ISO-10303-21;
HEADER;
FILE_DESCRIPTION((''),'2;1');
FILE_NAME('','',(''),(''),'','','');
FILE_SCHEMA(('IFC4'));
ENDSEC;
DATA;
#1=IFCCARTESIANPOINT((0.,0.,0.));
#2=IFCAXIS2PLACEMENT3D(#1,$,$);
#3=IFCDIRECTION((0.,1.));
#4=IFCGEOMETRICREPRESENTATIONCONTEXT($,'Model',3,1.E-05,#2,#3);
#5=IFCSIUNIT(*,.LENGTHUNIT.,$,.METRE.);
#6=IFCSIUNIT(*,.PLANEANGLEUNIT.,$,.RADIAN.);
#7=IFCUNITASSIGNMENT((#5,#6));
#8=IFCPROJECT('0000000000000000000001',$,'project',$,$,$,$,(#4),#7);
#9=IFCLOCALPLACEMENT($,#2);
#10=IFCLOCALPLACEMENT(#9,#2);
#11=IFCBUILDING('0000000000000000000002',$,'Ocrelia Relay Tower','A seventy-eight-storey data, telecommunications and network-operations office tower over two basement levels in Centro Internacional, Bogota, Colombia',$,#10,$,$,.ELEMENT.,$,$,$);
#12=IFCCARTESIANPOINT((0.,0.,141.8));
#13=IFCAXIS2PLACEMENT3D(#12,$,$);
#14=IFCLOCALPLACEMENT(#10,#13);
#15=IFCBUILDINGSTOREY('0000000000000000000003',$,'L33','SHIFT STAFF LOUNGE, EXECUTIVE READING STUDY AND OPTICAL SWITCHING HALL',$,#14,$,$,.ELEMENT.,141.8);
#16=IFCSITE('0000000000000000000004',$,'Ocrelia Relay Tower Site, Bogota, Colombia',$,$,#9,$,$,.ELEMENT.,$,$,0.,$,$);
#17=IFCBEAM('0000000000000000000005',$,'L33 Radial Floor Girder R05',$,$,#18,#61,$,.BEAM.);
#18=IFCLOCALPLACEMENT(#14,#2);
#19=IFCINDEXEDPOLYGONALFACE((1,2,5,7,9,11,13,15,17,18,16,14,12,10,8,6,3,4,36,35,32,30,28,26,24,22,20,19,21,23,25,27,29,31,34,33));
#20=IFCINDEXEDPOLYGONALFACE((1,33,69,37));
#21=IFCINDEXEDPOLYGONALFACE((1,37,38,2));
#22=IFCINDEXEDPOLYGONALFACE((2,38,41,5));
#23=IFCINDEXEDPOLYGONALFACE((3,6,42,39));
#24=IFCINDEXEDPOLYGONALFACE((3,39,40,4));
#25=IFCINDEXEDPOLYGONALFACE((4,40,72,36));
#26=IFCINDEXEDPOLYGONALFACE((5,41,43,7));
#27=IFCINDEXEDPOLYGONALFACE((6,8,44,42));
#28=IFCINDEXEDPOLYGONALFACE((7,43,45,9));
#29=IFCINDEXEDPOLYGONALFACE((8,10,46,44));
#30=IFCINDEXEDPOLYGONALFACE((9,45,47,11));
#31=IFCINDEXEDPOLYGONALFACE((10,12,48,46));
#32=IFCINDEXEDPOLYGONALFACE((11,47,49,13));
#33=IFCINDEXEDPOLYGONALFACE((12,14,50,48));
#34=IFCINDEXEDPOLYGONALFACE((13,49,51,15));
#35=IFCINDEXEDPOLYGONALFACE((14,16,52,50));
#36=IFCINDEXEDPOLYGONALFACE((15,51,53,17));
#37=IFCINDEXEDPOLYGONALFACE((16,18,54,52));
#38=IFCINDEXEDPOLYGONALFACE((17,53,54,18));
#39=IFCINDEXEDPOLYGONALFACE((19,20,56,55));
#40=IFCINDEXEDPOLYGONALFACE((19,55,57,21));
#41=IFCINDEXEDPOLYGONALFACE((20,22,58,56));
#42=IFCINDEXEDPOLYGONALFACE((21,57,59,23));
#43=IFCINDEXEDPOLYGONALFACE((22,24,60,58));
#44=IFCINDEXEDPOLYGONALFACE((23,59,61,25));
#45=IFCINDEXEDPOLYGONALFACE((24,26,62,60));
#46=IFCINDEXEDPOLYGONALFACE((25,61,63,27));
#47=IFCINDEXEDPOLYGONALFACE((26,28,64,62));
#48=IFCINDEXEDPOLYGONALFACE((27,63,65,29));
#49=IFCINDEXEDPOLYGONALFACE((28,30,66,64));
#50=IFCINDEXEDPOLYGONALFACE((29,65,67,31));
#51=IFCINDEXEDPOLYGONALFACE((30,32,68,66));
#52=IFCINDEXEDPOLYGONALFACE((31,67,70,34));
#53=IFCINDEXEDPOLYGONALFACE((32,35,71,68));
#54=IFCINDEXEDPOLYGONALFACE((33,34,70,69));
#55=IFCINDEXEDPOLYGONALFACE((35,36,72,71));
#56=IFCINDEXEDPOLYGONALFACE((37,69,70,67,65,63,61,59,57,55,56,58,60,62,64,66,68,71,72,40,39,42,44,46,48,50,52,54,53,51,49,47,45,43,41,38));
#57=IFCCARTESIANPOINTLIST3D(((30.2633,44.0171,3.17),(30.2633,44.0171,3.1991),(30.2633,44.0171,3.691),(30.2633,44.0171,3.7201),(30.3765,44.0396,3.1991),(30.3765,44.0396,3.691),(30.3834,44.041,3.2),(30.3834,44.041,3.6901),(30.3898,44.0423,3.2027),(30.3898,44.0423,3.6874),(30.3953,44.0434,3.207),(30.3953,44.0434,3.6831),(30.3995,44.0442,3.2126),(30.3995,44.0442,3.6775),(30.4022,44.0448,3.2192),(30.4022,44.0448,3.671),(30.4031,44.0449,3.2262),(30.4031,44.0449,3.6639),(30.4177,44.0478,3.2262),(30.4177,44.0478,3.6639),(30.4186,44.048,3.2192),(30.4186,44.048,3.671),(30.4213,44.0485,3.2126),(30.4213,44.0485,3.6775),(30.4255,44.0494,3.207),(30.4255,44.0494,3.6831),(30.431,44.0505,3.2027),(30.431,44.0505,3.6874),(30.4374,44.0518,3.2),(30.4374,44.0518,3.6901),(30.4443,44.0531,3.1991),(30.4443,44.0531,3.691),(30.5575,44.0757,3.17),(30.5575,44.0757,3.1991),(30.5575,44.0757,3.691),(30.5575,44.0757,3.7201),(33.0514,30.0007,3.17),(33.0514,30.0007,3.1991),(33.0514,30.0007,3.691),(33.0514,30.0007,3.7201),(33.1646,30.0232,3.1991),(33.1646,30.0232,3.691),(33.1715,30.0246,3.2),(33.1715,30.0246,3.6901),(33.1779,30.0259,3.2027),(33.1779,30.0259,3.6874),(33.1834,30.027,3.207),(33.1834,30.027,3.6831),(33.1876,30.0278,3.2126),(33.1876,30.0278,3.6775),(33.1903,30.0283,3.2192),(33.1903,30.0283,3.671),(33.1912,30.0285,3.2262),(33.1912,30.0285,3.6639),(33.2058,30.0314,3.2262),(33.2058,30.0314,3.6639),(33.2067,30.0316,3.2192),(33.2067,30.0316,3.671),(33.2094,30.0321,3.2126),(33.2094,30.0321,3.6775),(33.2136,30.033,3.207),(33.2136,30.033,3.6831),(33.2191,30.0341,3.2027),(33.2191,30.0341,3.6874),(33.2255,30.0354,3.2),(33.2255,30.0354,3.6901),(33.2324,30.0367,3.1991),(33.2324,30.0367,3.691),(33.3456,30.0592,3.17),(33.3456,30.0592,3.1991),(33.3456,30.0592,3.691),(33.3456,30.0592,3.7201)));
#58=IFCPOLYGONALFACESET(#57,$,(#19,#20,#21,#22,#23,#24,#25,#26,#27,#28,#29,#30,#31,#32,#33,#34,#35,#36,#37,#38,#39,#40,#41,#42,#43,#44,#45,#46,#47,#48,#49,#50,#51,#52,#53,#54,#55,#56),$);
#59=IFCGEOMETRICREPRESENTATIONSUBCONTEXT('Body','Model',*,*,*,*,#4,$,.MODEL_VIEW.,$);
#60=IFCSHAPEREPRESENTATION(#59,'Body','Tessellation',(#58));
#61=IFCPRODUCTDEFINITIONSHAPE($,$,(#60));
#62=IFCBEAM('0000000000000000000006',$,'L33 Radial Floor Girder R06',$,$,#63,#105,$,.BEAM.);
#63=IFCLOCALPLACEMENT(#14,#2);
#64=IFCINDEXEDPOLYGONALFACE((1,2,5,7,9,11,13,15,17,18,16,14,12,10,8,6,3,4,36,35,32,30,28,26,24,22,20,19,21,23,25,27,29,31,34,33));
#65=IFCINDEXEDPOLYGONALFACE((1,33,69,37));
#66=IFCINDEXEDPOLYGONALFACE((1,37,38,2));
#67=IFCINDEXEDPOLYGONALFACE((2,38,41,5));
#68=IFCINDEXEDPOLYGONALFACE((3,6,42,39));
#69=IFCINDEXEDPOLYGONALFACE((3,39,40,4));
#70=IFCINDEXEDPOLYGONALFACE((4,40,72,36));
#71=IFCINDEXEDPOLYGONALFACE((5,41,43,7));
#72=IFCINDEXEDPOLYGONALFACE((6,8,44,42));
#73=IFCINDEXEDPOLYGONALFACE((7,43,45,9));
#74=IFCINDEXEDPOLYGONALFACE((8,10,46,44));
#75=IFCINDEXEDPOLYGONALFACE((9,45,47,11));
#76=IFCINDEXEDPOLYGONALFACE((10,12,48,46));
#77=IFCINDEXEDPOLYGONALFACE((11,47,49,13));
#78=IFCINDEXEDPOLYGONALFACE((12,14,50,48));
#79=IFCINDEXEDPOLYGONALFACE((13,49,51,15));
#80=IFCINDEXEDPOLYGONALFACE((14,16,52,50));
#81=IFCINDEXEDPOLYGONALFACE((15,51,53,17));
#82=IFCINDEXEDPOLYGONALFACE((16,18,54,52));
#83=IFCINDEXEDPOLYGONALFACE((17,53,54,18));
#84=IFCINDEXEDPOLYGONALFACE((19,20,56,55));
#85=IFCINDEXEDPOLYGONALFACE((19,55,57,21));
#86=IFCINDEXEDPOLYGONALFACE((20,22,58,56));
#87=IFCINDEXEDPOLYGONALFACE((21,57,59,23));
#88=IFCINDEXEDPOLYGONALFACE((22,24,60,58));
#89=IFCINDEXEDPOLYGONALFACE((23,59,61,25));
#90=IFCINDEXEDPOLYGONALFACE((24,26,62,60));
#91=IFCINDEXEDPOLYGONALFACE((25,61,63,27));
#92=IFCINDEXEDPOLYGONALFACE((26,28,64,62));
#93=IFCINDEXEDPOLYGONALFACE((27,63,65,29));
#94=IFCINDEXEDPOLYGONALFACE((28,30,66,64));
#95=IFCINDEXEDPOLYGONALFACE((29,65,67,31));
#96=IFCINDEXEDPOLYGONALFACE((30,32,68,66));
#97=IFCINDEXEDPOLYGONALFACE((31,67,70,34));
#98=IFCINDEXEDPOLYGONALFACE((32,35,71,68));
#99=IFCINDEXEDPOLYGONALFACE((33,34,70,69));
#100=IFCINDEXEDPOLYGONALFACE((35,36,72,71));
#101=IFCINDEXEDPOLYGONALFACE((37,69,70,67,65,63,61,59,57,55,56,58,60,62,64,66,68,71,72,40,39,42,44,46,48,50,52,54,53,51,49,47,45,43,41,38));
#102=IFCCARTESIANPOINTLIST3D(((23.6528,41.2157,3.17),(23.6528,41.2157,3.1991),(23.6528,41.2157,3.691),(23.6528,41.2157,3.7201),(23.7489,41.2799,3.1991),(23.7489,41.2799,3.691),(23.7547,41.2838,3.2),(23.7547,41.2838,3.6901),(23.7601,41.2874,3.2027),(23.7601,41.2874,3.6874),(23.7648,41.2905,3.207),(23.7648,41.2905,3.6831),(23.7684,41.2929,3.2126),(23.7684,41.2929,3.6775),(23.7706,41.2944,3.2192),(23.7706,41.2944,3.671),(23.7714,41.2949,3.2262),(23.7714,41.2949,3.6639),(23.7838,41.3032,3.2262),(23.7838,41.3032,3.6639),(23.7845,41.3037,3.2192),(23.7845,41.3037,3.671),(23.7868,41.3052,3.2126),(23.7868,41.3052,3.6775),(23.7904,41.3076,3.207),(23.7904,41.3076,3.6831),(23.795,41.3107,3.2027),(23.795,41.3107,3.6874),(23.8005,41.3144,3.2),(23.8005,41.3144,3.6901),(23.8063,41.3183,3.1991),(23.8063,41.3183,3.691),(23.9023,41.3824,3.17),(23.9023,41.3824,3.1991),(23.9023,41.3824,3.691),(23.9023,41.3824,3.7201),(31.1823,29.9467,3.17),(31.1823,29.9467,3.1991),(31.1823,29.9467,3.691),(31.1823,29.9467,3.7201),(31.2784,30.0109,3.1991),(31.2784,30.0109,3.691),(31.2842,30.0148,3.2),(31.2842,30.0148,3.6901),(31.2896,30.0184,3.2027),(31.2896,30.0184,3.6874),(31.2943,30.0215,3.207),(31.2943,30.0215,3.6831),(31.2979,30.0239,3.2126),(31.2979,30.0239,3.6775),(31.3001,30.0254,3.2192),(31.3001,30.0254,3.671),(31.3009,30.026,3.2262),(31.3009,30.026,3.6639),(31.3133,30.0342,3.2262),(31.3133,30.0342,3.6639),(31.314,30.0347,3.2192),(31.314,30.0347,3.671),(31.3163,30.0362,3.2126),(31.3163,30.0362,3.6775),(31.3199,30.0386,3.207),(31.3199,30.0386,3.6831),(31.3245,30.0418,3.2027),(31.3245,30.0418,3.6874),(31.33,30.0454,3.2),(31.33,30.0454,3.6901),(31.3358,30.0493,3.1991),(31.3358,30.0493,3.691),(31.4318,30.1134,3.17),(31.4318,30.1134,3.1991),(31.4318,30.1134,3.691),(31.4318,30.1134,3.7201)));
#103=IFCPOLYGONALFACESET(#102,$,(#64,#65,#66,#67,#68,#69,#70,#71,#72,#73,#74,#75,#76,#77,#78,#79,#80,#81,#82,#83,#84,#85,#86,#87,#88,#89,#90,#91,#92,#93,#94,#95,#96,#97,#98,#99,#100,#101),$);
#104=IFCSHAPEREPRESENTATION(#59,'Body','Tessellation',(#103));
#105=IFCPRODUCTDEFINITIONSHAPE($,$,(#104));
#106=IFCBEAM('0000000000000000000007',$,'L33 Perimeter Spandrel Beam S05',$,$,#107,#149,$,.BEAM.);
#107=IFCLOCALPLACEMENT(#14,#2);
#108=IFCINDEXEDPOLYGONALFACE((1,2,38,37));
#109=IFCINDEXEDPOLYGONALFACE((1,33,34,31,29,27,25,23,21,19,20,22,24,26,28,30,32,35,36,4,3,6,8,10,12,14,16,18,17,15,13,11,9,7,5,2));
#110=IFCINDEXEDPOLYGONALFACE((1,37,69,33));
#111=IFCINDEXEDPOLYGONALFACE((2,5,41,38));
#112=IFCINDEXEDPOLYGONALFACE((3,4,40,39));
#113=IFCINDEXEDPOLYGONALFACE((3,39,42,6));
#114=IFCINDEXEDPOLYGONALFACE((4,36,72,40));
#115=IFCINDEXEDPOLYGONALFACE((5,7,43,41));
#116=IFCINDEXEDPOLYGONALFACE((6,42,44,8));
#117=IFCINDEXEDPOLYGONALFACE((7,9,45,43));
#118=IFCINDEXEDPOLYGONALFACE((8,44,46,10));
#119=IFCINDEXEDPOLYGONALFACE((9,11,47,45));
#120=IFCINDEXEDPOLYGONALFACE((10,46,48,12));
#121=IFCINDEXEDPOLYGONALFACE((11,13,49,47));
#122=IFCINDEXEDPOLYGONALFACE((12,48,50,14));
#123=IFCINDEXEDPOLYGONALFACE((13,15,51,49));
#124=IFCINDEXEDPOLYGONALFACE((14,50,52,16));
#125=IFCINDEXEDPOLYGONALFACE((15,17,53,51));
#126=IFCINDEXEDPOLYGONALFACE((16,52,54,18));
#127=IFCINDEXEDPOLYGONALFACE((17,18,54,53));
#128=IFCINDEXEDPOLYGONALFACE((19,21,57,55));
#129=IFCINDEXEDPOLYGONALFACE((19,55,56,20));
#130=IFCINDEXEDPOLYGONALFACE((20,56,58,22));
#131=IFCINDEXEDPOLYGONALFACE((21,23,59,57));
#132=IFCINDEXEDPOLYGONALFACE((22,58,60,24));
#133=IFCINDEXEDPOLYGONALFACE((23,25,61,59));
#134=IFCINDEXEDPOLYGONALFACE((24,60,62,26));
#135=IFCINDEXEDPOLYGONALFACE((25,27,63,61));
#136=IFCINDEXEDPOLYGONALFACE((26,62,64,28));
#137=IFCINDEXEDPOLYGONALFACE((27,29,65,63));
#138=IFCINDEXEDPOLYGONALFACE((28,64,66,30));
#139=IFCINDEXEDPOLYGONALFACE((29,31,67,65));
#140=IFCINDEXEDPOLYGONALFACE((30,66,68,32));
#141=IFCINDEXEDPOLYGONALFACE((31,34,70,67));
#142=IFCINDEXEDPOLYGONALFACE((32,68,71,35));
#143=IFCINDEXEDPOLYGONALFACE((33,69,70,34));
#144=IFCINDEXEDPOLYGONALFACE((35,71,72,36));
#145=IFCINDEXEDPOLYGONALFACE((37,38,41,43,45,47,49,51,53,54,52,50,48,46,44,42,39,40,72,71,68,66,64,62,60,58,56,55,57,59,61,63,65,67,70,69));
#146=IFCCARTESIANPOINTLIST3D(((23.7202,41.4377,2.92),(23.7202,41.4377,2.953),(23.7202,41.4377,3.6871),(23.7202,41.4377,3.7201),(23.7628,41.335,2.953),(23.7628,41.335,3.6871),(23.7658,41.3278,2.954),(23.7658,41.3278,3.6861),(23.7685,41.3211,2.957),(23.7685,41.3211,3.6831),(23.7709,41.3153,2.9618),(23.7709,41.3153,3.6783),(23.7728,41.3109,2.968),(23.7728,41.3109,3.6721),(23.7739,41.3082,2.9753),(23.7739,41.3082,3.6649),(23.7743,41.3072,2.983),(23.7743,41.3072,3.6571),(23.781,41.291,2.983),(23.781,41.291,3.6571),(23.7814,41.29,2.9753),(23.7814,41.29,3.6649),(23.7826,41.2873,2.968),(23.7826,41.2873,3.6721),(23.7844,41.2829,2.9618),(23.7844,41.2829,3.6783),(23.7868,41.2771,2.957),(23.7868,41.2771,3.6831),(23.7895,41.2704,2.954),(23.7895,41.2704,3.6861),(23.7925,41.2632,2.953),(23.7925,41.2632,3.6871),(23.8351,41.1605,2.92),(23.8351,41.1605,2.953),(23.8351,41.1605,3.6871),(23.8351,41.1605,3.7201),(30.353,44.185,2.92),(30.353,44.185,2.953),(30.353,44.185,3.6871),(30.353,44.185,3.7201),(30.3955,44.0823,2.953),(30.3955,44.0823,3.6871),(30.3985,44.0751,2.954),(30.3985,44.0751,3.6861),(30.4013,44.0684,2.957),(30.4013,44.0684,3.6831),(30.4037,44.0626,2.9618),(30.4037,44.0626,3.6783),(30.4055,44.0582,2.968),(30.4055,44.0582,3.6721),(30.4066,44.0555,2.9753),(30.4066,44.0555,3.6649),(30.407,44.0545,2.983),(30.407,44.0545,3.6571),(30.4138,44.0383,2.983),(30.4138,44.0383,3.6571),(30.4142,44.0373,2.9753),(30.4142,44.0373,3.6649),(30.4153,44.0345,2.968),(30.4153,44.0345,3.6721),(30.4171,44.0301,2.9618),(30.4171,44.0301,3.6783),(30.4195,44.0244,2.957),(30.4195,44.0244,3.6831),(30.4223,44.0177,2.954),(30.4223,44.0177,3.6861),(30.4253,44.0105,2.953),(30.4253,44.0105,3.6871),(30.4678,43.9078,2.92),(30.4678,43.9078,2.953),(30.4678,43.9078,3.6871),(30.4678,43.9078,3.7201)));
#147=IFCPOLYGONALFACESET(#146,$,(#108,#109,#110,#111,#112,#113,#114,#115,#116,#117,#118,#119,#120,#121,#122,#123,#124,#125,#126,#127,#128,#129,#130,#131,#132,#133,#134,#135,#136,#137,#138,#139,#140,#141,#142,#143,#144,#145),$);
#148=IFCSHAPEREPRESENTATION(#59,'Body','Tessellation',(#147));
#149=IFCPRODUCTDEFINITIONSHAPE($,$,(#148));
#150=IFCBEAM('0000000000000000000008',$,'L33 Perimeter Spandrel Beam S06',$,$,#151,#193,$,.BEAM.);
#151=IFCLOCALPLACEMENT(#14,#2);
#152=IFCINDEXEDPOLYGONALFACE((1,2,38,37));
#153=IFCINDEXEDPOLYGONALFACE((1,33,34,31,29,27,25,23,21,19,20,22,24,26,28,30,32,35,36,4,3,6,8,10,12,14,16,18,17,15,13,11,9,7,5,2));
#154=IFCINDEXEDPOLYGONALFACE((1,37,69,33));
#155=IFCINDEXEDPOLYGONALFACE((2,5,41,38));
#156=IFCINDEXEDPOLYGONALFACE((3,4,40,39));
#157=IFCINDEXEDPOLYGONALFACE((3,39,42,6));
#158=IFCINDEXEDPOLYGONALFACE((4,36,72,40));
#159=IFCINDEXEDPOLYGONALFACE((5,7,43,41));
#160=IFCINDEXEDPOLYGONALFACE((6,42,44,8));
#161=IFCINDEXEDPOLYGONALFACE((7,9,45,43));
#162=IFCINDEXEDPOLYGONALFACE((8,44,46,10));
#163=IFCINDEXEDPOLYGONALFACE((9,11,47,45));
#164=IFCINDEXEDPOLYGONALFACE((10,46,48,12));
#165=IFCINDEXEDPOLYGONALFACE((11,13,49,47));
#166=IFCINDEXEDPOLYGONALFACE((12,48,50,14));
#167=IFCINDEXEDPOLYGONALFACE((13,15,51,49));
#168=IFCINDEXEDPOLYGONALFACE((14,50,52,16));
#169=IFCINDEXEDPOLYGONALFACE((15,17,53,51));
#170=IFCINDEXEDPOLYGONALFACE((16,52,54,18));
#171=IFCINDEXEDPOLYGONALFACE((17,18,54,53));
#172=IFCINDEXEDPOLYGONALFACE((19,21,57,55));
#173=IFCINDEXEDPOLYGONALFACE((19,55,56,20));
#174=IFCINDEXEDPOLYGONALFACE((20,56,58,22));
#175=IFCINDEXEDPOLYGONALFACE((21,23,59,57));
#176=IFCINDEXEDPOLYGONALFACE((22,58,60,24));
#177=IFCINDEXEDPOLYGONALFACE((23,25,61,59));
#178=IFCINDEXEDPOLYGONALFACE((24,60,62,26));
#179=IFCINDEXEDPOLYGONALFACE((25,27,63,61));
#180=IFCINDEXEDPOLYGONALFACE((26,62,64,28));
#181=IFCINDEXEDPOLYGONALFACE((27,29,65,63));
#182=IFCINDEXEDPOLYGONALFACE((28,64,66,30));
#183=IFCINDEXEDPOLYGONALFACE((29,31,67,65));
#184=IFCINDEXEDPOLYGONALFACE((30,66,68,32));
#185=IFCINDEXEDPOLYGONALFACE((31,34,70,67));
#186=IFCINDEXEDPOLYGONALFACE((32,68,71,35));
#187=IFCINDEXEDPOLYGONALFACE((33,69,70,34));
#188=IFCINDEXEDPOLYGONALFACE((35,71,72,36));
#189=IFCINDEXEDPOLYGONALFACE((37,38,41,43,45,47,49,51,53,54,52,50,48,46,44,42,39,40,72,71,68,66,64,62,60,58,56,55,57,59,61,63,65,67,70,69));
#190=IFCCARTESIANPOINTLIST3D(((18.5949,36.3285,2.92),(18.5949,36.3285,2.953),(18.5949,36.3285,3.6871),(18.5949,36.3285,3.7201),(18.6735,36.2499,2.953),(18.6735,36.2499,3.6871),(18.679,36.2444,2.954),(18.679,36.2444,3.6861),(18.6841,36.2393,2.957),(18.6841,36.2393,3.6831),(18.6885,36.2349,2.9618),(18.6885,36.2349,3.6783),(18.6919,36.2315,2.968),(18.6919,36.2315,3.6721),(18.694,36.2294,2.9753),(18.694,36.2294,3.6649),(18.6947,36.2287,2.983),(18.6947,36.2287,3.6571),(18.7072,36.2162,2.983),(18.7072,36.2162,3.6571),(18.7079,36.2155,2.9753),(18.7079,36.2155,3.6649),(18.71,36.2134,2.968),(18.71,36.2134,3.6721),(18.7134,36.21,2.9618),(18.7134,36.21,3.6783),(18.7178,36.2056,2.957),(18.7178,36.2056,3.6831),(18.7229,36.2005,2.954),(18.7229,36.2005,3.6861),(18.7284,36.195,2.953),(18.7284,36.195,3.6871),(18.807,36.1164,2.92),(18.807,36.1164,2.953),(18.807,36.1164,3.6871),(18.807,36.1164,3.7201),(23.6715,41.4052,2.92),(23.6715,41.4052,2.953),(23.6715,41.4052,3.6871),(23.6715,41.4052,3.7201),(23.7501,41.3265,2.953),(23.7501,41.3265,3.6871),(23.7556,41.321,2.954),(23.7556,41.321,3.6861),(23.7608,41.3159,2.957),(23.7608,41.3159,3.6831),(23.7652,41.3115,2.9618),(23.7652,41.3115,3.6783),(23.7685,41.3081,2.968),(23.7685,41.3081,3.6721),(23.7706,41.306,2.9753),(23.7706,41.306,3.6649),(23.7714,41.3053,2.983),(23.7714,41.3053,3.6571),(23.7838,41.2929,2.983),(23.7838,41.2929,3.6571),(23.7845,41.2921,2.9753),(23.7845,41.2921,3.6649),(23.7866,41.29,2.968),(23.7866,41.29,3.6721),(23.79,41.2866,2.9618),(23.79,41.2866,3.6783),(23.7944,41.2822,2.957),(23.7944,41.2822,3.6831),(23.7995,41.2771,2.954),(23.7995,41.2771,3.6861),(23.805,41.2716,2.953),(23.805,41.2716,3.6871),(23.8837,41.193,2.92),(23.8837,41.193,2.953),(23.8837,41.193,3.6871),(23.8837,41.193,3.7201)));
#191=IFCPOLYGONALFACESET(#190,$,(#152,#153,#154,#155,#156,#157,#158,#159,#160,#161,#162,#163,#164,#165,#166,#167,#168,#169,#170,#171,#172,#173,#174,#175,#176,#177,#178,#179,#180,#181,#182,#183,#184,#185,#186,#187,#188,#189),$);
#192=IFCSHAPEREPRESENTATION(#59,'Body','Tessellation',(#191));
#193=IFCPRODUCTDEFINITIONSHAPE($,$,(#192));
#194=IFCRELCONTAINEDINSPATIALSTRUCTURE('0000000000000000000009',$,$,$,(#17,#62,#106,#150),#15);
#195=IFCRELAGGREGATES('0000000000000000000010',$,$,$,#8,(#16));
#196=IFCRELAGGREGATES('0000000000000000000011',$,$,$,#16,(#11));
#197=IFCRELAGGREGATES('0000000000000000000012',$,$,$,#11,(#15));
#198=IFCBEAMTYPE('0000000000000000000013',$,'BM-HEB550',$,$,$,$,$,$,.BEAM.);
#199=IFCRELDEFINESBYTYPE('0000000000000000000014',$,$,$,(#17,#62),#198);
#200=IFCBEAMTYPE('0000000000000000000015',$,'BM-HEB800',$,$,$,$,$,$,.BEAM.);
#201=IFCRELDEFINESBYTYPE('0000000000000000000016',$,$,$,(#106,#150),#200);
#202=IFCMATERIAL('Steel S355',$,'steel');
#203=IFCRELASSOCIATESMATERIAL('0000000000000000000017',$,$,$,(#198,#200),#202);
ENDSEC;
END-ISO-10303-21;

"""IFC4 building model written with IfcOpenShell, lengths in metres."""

from ifc_helpers import new_model, si_unit, direction, frame, origin, origin_2d, place, context, subcontext, project, spatial, i_section, extrude, material, material_profile, profile_set, type_object, element, save


model = new_model("IFC4")

# Units and contexts
model_context = context("Model", 3, precision=1e-05, world=origin(), true_north=direction((0.0, 1.0)))
body_context = subcontext(model_context, "Body", "Model", "MODEL_VIEW")
ifc_project = project(units=[si_unit("LENGTHUNIT", "METRE"), si_unit("PLANEANGLEUNIT", "RADIAN")], contexts=[model_context])

# Site, building, storey
site_placement = place(None, origin())
site = spatial("IfcSite", under=ifc_project, at=site_placement, Name="Ocrelia Relay Tower Site, Bogota, Colombia", CompositionType="ELEMENT", RefElevation=0.0)
building_placement = place(site_placement, origin())
building = spatial("IfcBuilding", under=site, at=building_placement, Name="Ocrelia Relay Tower", Description="A seventy-eight-storey data, telecommunications and network-operations office tower over two basement levels in Centro Internacional, Bogota, Colombia", CompositionType="ELEMENT")
storey_placement = place(building_placement, frame((0.0, 0.0, 141.8)))
storey = spatial("IfcBuildingStorey", under=building, at=storey_placement, Name="L33", Description="SHIFT STAFF LOUNGE, EXECUTIVE READING STUDY AND OPTICAL SWITCHING HALL", CompositionType="ELEMENT", Elevation=141.8)

# Beams
ifc_material_1 = material(Name="Steel S355", Category="steel")
ifc_material_profile_1 = material_profile(ifc_material_1, i_section(OverallWidth=0.3, OverallDepth=0.55, WebThickness=0.0149, FlangeThickness=0.0291, FilletRadius=0.0271, at=origin_2d()), Name="HEB 550")
ifc_profile_set_1 = profile_set([ifc_material_profile_1], Name="Steel S355")
beam_type_1 = type_object("IfcBeamType", Name="BM-HEB550", PredefinedType="BEAM", material=ifc_profile_set_1)
beam_1_placement = place(storey_placement, frame((30.4104, 44.0464, 3.4451), z_axis=(0.195094, -0.980784, 0.0), x_axis=(0.980784, 0.195094, 0.0)))
element("IfcBeam", 1, at=beam_1_placement, inside=storey, type_object=beam_type_1, Name="L33 Radial Floor Girder R05", PredefinedType="BEAM", context=body_context, shape_type="SweptSolid", body=[
    extrude(i_section(OverallWidth=0.3, OverallDepth=0.55, WebThickness=0.0149, FlangeThickness=0.0291, FilletRadius=0.0271, at=origin_2d()), origin(), (0.0, 0.0, 1.0), 14.291),
])
beam_2_placement = place(storey_placement, frame((23.7776, 41.2991, 3.4451), z_axis=(0.55556, -0.831476, 0.0), x_axis=(0.831476, 0.55556, 0.0)))
element("IfcBeam", 2, at=beam_2_placement, inside=storey, type_object=beam_type_1, Name="L33 Radial Floor Girder R06", PredefinedType="BEAM", context=body_context, shape_type="SweptSolid", body=[
    extrude(i_section(OverallWidth=0.3, OverallDepth=0.55, WebThickness=0.0149, FlangeThickness=0.0291, FilletRadius=0.0271, at=origin_2d()), origin(), (0.0, 0.0, 1.0), 13.553),
])
ifc_material_profile_2 = material_profile(ifc_material_1, i_section(OverallWidth=0.3, OverallDepth=0.8, WebThickness=0.0176, FlangeThickness=0.033, FilletRadius=0.03, at=origin_2d()), Name="HEB 800")
ifc_profile_set_2 = profile_set([ifc_material_profile_2], Name="Steel S355")
beam_type_2 = type_object("IfcBeamType", Name="BM-HEB800", PredefinedType="BEAM", material=ifc_profile_set_2)
beam_3_placement = place(storey_placement, frame((30.4104, 44.0464, 3.3201), z_axis=(-0.923884, -0.382673, 0.0), x_axis=(0.382673, -0.923884, 0.0)))
element("IfcBeam", 3, at=beam_3_placement, inside=storey, type_object=beam_type_2, Name="L33 Perimeter Spandrel Beam S05", PredefinedType="BEAM", context=body_context, shape_type="SweptSolid", body=[
    extrude(i_section(OverallWidth=0.3, OverallDepth=0.8, WebThickness=0.0176, FlangeThickness=0.033, FilletRadius=0.03, at=origin_2d()), origin(), (0.0, 0.0, 1.0), 7.1792),
])
beam_4_placement = place(storey_placement, frame((23.7776, 41.2991, 3.3201), z_axis=(-0.707107, -0.707107, 0.0), x_axis=(0.707107, -0.707107, 0.0)))
element("IfcBeam", 4, at=beam_4_placement, inside=storey, type_object=beam_type_2, Name="L33 Perimeter Spandrel Beam S06", PredefinedType="BEAM", context=body_context, shape_type="SweptSolid", body=[
    extrude(i_section(OverallWidth=0.3, OverallDepth=0.8, WebThickness=0.0176, FlangeThickness=0.033, FilletRadius=0.03, at=origin_2d()), origin(), (0.0, 0.0, 1.0), 7.1794),
])

save(model, "model.ifc")
